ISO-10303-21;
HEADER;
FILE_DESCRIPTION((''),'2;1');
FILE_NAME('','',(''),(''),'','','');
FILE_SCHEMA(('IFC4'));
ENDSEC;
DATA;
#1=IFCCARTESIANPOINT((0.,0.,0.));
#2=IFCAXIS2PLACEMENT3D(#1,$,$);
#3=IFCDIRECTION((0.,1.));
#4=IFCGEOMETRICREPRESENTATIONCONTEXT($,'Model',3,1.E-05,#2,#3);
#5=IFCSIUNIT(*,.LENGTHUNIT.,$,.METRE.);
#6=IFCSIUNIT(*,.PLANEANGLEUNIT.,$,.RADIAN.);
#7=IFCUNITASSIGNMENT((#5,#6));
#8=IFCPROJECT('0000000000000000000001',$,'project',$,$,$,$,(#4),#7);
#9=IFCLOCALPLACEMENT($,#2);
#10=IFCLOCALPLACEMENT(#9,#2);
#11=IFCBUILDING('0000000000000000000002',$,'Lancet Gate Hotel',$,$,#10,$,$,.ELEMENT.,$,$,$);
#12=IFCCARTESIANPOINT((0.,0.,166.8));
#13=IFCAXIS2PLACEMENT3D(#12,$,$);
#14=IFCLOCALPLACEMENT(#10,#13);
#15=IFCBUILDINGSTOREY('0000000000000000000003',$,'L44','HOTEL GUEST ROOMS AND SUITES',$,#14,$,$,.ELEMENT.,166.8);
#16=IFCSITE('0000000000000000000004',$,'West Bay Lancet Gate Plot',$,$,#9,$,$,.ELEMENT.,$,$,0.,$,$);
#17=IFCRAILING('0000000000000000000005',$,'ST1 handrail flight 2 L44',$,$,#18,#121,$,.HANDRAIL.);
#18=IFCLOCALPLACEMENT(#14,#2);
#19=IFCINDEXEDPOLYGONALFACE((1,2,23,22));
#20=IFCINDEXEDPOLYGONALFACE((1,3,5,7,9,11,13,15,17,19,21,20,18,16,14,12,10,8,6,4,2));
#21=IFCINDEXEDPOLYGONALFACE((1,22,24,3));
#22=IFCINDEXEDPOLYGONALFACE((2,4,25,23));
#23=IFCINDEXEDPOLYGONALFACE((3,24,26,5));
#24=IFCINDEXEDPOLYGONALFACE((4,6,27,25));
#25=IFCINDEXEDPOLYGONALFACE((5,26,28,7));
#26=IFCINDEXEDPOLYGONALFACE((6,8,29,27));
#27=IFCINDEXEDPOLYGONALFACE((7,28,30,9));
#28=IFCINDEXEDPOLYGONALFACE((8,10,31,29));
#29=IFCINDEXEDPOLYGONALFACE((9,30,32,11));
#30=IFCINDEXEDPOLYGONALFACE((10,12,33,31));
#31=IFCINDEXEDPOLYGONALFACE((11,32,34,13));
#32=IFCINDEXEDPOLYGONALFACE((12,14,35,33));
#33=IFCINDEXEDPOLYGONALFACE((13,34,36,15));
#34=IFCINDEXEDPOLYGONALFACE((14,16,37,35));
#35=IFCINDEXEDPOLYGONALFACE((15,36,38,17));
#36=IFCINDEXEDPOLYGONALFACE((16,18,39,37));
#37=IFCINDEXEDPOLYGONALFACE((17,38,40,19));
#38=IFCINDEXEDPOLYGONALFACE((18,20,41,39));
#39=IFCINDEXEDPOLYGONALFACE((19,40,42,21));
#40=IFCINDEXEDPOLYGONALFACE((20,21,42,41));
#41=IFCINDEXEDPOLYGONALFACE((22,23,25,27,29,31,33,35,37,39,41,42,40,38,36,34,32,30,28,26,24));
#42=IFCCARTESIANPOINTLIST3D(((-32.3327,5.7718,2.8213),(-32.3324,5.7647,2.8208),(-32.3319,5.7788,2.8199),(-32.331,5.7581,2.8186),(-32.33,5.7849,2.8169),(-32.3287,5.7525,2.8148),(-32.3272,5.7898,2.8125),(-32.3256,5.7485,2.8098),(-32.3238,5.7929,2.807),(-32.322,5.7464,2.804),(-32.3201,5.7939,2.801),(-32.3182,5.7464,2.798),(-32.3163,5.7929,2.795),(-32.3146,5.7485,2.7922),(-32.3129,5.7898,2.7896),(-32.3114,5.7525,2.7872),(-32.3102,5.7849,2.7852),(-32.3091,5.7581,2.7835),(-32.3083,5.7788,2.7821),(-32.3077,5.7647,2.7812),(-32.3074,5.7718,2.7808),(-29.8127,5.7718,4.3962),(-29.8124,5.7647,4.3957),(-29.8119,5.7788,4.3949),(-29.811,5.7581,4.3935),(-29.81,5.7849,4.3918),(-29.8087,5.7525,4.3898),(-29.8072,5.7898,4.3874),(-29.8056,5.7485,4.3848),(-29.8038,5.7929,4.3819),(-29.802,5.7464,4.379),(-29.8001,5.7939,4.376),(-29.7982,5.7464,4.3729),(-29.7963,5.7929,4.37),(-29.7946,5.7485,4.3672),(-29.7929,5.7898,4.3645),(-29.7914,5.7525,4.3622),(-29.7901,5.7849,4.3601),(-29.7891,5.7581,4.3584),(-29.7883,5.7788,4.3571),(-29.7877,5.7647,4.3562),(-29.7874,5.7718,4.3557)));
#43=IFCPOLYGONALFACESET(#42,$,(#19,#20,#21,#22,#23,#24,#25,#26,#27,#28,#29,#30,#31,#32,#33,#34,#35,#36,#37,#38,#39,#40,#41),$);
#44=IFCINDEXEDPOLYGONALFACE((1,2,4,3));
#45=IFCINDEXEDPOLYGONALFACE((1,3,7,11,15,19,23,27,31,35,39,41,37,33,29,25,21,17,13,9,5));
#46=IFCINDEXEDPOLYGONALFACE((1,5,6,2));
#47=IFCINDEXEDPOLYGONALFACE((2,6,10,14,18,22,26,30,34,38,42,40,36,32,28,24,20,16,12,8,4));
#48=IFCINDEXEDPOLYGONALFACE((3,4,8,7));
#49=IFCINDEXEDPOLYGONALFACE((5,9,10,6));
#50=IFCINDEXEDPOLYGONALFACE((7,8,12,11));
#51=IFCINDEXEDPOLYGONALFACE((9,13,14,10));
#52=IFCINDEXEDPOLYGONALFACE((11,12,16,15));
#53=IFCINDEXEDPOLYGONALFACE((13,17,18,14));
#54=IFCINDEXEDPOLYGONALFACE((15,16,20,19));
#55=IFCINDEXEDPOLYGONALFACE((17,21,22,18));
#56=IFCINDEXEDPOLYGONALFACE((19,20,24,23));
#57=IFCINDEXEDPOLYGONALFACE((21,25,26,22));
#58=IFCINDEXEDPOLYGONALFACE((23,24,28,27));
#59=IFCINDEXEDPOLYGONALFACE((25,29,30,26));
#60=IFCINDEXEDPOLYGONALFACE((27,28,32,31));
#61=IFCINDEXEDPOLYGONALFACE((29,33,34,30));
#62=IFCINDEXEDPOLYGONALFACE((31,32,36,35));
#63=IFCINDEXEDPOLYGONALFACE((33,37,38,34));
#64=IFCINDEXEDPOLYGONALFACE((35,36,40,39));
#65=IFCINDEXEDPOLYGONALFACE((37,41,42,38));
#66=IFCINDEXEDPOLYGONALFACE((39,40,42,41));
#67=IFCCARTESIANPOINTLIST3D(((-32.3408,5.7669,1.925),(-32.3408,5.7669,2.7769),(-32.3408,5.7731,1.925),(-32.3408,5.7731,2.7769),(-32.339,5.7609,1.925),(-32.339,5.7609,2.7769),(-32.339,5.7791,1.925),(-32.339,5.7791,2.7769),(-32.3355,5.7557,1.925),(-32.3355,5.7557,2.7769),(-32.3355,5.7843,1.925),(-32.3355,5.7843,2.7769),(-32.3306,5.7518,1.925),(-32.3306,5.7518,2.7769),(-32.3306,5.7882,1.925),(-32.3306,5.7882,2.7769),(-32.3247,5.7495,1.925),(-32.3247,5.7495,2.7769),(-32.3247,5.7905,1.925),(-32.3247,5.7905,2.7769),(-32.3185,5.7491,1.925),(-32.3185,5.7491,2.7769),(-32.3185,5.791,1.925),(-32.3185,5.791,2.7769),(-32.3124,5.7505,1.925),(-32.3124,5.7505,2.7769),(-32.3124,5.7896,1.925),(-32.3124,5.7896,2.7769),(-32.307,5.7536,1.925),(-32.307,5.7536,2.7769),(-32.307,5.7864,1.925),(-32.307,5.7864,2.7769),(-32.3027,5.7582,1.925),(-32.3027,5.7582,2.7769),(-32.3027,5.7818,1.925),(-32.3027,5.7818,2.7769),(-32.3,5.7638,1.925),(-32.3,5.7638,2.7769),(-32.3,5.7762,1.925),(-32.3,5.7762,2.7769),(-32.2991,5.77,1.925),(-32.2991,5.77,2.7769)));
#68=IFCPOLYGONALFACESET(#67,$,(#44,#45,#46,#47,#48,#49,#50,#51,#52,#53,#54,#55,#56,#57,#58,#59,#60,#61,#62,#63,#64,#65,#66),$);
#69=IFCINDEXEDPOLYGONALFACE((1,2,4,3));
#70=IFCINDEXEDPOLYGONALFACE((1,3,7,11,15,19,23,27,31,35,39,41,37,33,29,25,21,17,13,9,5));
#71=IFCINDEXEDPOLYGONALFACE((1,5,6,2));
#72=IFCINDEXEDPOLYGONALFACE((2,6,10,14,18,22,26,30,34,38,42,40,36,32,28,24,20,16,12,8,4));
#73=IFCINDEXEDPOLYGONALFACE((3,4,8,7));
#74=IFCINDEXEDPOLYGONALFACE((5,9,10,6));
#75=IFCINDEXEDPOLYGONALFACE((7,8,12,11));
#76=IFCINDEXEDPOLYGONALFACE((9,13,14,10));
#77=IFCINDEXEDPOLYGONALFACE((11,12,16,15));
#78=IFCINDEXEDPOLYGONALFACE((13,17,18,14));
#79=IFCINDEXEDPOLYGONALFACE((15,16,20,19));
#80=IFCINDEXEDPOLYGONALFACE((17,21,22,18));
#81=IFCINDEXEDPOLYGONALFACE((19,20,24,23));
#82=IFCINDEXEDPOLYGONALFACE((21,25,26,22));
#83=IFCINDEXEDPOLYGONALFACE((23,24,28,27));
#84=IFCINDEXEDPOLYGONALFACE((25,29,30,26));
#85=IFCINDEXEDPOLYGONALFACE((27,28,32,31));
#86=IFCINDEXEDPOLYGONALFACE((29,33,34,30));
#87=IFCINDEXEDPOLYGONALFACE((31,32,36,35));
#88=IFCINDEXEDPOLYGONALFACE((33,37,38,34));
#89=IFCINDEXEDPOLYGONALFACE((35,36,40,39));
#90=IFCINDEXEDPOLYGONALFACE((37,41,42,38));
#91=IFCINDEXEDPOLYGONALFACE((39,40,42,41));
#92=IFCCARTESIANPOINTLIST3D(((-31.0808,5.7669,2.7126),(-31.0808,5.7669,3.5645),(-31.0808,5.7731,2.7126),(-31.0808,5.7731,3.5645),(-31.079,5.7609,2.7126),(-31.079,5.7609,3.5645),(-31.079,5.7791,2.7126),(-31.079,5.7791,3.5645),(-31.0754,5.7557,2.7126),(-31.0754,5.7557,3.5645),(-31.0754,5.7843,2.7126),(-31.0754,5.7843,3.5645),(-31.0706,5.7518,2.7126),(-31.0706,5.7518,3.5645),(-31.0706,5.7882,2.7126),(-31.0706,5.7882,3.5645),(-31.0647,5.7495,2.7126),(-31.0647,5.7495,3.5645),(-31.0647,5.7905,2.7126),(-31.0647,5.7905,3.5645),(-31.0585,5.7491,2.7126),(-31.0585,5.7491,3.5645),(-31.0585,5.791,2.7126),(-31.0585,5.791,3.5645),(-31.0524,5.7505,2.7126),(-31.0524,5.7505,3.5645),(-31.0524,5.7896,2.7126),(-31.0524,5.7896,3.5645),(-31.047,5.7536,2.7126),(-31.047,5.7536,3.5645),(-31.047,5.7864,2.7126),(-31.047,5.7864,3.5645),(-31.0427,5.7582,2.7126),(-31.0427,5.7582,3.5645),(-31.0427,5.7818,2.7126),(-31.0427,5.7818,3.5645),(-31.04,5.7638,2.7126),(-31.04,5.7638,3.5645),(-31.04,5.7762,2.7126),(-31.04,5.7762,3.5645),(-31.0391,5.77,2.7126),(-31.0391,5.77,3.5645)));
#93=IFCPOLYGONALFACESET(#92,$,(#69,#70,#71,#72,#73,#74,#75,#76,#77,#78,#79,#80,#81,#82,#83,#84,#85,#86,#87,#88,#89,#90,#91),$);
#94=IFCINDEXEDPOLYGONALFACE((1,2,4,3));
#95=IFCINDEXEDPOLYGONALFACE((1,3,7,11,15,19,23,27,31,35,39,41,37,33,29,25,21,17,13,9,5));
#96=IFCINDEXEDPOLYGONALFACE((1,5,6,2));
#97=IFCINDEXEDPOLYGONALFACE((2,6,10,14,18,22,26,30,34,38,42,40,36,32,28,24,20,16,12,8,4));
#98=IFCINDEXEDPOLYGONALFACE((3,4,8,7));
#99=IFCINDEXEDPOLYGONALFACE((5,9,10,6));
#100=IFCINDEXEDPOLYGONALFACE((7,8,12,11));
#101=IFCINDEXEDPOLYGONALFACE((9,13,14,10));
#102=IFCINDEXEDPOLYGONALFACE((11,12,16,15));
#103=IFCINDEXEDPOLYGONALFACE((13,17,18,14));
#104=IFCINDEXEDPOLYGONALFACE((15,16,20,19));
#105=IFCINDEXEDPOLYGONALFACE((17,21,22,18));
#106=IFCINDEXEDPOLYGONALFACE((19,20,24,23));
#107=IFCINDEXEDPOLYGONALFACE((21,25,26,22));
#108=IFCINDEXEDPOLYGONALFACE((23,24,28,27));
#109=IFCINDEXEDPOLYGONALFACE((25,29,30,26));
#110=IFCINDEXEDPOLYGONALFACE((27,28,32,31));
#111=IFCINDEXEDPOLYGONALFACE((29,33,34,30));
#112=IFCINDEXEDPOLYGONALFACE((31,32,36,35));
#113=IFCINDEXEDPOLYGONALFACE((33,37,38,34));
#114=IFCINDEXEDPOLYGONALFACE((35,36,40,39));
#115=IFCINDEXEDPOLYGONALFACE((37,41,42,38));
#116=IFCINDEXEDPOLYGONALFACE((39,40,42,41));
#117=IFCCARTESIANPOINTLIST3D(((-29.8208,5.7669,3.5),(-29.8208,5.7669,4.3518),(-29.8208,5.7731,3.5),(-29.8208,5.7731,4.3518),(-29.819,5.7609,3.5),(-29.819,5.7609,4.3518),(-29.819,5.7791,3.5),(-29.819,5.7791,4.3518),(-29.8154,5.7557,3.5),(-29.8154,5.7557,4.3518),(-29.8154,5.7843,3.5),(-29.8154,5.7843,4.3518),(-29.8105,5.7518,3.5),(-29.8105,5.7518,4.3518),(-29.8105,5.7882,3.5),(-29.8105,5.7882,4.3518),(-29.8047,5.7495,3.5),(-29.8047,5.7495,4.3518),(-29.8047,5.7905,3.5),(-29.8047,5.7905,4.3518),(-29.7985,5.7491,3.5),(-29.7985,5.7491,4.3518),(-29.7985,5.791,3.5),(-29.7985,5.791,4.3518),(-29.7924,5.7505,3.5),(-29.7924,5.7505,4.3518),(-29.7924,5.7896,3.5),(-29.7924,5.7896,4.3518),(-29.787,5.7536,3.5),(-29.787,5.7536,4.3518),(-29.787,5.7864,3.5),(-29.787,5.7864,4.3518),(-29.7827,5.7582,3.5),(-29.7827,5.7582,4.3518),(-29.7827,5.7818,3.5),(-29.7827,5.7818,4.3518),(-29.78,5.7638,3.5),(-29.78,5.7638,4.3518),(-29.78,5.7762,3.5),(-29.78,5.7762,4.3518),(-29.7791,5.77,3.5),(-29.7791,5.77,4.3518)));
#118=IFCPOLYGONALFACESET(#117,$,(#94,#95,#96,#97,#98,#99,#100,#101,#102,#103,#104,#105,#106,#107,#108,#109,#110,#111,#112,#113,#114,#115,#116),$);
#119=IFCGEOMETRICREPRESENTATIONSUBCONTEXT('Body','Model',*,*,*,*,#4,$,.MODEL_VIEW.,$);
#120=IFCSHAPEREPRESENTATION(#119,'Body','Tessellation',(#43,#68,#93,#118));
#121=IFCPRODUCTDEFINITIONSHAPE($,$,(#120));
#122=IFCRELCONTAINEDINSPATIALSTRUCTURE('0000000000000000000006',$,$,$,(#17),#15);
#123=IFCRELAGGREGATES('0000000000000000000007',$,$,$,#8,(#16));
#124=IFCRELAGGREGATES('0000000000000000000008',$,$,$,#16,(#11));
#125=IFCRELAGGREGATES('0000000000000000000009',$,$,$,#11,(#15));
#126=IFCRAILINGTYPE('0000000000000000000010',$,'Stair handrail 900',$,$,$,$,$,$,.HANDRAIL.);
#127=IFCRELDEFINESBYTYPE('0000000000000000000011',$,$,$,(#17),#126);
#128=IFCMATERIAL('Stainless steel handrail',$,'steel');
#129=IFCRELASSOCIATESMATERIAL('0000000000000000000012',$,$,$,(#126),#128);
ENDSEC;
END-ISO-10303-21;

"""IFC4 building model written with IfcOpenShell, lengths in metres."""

from ifc_helpers import new_model, si_unit, direction, frame, origin, origin_2d, place, context, subcontext, project, spatial, circle, extrude, material, type_object, element, save


model = new_model("IFC4")

# Units and contexts
model_context = context("Model", 3, precision=1e-05, world=origin(), true_north=direction((0.0, 1.0)))
body_context = subcontext(model_context, "Body", "Model", "MODEL_VIEW")
ifc_project = project(units=[si_unit("LENGTHUNIT", "METRE"), si_unit("PLANEANGLEUNIT", "RADIAN")], contexts=[model_context])

# Site, building, storey
site_placement = place(None, origin())
site = spatial("IfcSite", under=ifc_project, at=site_placement, Name="West Bay Lancet Gate Plot", CompositionType="ELEMENT", RefElevation=0.0)
building_placement = place(site_placement, origin())
building = spatial("IfcBuilding", under=site, at=building_placement, Name="Lancet Gate Hotel", CompositionType="ELEMENT")
storey_placement = place(building_placement, frame((0.0, 0.0, 166.8)))
storey = spatial("IfcBuildingStorey", under=building, at=storey_placement, Name="L44", Description="HOTEL GUEST ROOMS AND SUITES", CompositionType="ELEMENT", Elevation=166.8)

# Railing
ifc_material_1 = material(Name="Stainless steel handrail", Category="steel")
railing_type = type_object("IfcRailingType", Name="Stair handrail 900", PredefinedType="HANDRAIL", material=ifc_material_1)
railing_1_placement = place(storey_placement, frame((-32.3201, 5.77, 1.925)))
element("IfcRailing", 1, at=railing_1_placement, inside=storey, type_object=railing_type, Name="ST1 handrail flight 2 L44", PredefinedType="HANDRAIL", context=body_context, shape_type="SweptSolid", body=[
    extrude(circle(Radius=0.0239, at=origin_2d()), frame((0.0, 0.0, 0.876), z_axis=(0.848008, 0.0, 0.529984), x_axis=(0.0, 1.0, 0.0)), (0.0, 0.0, 1.0), 2.9717),
    extrude(circle(Radius=0.021, at=origin_2d()), origin(), (0.0, 0.0, 1.0), 0.8518),
    extrude(circle(Radius=0.021, at=origin_2d()), frame((1.26, 0.0, 0.7876)), (0.0, 0.0, 1.0), 0.8518),
    extrude(circle(Radius=0.021, at=origin_2d()), frame((2.52, 0.0, 1.575)), (0.0, 0.0, 1.0), 0.8518),
])

save(model, "model.ifc")
